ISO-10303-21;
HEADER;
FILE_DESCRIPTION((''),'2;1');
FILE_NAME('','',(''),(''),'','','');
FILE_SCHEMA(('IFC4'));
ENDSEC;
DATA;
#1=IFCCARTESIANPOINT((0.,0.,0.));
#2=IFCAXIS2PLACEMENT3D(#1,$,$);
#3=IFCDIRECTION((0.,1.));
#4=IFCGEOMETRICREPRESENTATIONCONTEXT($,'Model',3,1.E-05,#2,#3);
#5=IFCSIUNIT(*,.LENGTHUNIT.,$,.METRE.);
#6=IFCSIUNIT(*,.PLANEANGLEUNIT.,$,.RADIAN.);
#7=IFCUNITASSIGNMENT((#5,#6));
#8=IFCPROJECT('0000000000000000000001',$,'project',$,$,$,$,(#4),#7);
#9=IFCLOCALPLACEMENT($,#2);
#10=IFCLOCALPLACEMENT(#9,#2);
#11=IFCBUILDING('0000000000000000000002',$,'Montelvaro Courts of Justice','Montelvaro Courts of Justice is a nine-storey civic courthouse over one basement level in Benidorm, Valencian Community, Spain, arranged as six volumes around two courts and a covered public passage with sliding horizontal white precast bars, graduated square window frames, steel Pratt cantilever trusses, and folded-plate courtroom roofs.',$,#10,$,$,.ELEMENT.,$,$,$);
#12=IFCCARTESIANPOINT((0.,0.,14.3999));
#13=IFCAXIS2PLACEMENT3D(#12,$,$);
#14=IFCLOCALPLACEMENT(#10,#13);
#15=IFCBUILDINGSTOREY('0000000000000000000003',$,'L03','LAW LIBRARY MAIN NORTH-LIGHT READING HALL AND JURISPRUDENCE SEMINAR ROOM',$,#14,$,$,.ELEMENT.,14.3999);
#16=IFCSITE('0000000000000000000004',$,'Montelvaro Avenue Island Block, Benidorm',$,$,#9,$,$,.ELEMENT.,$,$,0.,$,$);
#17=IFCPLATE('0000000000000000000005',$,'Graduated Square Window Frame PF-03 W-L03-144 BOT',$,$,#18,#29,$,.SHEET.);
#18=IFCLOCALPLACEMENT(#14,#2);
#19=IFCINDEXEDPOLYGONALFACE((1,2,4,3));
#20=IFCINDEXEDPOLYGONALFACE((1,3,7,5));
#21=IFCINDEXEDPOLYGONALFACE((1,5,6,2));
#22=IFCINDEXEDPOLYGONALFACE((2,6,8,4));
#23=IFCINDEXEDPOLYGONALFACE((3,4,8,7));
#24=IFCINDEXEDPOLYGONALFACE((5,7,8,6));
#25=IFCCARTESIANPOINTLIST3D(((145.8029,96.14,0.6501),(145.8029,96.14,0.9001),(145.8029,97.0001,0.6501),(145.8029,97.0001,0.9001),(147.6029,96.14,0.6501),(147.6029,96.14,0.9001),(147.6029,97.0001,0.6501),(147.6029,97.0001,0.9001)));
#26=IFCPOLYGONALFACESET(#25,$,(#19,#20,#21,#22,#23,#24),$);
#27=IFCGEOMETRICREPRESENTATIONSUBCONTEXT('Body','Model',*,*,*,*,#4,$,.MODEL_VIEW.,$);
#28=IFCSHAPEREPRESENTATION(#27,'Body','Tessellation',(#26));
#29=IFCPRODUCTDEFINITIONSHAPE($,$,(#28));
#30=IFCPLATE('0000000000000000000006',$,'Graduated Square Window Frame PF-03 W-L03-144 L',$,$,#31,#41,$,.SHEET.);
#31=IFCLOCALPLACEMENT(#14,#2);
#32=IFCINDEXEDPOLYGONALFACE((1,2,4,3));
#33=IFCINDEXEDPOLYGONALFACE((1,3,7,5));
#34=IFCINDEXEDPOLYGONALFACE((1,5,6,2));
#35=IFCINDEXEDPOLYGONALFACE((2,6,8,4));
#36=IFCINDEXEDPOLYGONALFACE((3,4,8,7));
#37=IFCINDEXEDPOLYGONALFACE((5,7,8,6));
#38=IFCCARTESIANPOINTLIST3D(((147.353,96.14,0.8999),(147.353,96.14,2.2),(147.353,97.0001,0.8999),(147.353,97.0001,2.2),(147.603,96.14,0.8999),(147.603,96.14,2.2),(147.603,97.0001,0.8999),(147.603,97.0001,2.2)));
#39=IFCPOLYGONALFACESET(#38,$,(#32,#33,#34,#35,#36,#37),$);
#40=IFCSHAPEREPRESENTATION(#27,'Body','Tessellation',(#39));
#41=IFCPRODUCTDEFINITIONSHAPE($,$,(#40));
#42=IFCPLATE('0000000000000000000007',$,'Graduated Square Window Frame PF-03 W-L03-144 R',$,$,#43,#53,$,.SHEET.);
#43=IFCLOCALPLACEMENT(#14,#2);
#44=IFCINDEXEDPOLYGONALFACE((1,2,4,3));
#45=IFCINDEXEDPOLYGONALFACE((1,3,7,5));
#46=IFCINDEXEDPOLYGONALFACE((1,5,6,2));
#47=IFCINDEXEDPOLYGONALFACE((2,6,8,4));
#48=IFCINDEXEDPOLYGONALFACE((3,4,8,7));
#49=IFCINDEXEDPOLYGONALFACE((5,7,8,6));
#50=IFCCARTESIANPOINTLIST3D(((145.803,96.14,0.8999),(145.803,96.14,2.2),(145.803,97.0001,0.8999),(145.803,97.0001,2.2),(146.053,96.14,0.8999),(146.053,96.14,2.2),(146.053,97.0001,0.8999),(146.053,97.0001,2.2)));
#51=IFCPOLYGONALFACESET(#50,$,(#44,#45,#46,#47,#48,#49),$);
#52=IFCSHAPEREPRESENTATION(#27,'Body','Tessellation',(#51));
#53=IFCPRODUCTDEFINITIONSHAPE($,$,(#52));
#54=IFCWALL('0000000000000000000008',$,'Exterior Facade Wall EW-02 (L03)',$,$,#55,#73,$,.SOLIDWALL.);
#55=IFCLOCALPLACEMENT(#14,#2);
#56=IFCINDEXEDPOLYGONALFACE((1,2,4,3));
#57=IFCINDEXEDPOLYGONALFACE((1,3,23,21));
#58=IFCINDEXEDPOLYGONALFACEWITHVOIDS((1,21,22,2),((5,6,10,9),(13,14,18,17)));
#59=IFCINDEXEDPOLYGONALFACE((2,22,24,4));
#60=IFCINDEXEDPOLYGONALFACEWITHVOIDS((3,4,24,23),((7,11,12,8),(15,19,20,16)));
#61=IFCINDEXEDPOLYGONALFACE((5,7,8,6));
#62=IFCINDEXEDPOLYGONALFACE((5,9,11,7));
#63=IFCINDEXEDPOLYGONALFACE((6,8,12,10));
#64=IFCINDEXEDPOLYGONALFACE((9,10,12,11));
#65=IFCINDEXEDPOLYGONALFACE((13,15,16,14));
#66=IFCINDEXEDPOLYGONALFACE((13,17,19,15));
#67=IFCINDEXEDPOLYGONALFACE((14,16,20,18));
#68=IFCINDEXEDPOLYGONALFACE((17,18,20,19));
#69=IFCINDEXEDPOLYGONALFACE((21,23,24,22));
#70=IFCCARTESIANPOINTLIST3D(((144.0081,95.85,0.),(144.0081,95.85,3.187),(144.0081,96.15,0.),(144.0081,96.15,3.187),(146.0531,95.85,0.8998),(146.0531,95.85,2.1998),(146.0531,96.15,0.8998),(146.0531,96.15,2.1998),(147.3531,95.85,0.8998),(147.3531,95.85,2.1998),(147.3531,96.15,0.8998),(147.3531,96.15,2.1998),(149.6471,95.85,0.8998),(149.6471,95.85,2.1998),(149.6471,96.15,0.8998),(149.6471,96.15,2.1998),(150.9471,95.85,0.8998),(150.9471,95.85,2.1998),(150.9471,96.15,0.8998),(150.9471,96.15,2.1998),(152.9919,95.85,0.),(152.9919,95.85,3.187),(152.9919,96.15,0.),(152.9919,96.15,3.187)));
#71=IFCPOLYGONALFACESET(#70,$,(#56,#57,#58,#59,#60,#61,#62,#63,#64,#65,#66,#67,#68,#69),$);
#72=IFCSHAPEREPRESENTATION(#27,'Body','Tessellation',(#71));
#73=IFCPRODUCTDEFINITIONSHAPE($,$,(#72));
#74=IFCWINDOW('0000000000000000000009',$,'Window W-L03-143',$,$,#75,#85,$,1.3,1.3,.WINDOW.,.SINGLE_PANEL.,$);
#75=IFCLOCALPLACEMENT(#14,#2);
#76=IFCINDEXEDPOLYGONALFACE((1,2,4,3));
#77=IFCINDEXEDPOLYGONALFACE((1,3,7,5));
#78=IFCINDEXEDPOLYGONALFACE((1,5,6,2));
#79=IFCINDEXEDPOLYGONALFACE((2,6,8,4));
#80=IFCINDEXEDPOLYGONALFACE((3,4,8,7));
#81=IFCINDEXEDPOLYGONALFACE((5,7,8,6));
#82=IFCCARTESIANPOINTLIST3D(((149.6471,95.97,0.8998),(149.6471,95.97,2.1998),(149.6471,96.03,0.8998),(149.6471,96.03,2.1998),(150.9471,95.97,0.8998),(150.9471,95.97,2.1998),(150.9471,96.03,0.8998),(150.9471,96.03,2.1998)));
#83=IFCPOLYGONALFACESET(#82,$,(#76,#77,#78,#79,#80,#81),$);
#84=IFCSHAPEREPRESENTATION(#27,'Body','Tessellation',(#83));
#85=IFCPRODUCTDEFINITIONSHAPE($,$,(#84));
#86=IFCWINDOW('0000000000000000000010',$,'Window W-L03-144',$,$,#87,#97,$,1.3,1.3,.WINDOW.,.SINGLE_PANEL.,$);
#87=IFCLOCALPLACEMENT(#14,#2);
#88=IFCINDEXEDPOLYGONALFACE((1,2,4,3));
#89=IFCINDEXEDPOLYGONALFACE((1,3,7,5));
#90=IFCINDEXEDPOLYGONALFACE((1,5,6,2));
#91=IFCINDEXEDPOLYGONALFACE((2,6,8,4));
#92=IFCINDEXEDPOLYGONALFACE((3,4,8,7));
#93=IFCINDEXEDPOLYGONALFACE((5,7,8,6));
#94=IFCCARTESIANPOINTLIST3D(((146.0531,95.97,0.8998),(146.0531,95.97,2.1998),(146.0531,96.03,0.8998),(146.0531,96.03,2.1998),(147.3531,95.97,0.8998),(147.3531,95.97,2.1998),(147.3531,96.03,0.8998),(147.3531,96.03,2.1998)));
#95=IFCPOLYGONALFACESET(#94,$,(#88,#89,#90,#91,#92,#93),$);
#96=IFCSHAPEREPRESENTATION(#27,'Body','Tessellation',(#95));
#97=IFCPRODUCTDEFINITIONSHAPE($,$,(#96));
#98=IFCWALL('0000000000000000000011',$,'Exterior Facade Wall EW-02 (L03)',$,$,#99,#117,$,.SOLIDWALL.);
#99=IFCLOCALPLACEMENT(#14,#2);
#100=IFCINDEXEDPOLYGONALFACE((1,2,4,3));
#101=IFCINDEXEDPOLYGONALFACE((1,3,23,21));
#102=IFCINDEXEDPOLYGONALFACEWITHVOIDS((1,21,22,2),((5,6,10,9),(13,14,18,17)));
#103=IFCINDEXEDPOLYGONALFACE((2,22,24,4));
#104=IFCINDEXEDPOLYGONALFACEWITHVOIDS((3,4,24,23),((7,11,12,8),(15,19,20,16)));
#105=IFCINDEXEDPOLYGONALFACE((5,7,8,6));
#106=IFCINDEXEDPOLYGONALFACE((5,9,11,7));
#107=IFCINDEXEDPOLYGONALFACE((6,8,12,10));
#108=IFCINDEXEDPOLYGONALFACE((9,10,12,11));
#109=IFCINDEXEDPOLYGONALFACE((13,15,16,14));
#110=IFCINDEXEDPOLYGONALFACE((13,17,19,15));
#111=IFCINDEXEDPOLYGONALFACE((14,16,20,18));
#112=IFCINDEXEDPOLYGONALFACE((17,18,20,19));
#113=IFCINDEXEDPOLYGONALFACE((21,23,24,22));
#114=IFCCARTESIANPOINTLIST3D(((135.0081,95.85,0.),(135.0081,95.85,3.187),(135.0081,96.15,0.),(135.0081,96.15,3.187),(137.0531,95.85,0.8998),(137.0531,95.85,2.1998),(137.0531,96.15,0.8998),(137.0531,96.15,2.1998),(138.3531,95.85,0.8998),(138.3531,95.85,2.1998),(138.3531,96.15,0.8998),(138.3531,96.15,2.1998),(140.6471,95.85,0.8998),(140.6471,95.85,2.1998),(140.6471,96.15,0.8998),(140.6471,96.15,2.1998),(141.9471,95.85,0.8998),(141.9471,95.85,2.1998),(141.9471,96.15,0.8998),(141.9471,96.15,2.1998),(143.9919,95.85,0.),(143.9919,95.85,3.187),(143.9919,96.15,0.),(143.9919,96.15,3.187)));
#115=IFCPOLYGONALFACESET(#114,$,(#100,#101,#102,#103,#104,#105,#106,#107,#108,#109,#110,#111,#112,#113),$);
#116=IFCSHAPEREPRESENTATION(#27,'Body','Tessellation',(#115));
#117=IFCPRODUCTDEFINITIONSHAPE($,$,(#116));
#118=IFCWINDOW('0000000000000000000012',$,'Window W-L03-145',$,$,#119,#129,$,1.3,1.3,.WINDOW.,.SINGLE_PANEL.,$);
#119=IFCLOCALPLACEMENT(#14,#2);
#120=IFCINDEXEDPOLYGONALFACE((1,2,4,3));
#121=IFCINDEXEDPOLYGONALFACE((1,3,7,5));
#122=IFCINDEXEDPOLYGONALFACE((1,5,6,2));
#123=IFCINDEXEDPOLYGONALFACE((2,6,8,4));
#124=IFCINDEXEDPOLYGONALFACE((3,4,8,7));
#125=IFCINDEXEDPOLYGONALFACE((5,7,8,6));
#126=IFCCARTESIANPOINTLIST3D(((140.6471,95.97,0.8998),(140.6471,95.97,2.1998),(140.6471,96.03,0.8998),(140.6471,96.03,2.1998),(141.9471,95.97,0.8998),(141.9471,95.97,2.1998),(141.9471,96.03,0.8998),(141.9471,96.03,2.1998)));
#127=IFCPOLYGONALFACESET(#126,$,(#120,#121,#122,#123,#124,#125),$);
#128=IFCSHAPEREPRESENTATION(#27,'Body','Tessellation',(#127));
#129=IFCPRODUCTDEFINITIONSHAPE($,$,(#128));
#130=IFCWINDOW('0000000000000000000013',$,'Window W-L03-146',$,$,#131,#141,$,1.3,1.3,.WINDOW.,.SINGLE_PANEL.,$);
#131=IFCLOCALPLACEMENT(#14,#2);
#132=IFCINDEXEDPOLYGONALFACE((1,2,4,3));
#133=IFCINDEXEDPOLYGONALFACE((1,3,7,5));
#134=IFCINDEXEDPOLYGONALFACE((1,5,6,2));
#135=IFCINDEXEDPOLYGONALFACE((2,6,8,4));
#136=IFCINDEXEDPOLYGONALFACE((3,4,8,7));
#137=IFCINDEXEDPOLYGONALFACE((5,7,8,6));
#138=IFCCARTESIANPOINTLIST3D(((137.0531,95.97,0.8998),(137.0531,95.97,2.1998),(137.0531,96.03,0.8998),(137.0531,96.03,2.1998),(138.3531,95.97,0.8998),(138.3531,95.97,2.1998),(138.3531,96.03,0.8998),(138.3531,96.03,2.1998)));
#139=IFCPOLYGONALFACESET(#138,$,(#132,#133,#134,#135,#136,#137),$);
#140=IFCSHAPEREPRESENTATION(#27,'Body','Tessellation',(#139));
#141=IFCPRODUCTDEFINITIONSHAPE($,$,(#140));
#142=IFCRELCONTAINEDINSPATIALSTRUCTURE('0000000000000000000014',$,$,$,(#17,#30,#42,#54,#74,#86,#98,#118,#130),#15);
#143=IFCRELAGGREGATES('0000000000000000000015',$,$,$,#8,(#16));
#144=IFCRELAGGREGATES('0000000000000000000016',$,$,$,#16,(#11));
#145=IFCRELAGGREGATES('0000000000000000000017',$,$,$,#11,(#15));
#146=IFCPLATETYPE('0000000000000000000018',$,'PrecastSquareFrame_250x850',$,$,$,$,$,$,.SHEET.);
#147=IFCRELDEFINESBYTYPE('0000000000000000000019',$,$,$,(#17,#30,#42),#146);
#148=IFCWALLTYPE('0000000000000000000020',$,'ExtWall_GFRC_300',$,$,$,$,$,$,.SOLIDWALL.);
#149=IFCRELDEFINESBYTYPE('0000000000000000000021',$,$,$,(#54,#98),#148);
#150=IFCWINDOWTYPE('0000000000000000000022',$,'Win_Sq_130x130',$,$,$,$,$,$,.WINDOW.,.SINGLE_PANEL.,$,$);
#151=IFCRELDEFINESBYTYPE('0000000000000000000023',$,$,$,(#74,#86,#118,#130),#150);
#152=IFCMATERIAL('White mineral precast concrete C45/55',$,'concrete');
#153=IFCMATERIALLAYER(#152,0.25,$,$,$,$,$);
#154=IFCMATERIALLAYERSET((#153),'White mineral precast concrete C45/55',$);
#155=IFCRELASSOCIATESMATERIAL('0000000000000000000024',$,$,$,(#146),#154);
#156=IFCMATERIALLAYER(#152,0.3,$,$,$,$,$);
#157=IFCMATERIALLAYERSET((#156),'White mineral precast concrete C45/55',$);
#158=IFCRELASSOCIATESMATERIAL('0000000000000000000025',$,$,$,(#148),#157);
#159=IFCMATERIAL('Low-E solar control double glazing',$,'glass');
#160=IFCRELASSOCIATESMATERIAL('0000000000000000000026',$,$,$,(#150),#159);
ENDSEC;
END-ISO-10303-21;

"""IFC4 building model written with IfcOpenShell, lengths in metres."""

from ifc_helpers import new_model, si_unit, direction, frame, frame_2d, origin, origin_2d, place, context, subcontext, project, spatial, rectangle, extrude, material, layer, layer_set, type_object, element, fill, save


model = new_model("IFC4")

# Units and contexts
model_context = context("Model", 3, precision=1e-05, world=origin(), true_north=direction((0.0, 1.0)))
body_context = subcontext(model_context, "Body", "Model", "MODEL_VIEW")
ifc_project = project(units=[si_unit("LENGTHUNIT", "METRE"), si_unit("PLANEANGLEUNIT", "RADIAN")], contexts=[model_context])

# Site, building, storey
site_placement = place(None, origin())
site = spatial("IfcSite", under=ifc_project, at=site_placement, Name="Montelvaro Avenue Island Block, Benidorm", CompositionType="ELEMENT", RefElevation=0.0)
building_placement = place(site_placement, origin())
building = spatial("IfcBuilding", under=site, at=building_placement, Name="Montelvaro Courts of Justice", Description="Montelvaro Courts of Justice is a nine-storey civic courthouse over one basement level in Benidorm, Valencian Community, Spain, arranged as six volumes around two courts and a covered public passage with sliding horizontal white precast bars, graduated square window frames, steel Pratt cantilever trusses, and folded-plate courtroom roofs.", CompositionType="ELEMENT")
storey_placement = place(building_placement, frame((0.0, 0.0, 14.3999)))
storey = spatial("IfcBuildingStorey", under=building, at=storey_placement, Name="L03", Description="LAW LIBRARY MAIN NORTH-LIGHT READING HALL AND JURISPRUDENCE SEMINAR ROOM", CompositionType="ELEMENT", Elevation=14.3999)

# Plates
ifc_material_1 = material(Name="White mineral precast concrete C45/55", Category="concrete")
ifc_layer_1 = layer(ifc_material_1, 0.25)
ifc_layer_set_1 = layer_set([ifc_layer_1], Name="White mineral precast concrete C45/55")
plate_type = type_object("IfcPlateType", Name="PrecastSquareFrame_250x850", PredefinedType="SHEET", material=ifc_layer_set_1)
for number, where, z_axis, x_axis, name in (
    (1, (146.7029, 96.5701, 0.6501), (0.0, 0.0, 1.0), (-1.0, 0.0, 0.0), "Graduated Square Window Frame PF-03 W-L03-144 BOT"),
):
    element("IfcPlate", number, at=place(storey_placement, frame(where, z_axis=z_axis, x_axis=x_axis)), inside=storey, type_object=plate_type, Name=name, PredefinedType="SHEET", context=body_context, shape_type="SweptSolid", body=[
        extrude(rectangle(XDim=1.8, YDim=0.8601, at=origin_2d()), origin(), (0.0, 0.0, 1.0), 0.25),
    ])
for number, where, z_axis, x_axis, name in (
    (2, (147.478, 96.5701, 0.8999), (0.0, 0.0, 1.0), (-1.0, 0.0, 0.0), "Graduated Square Window Frame PF-03 W-L03-144 L"),
    (3, (145.928, 96.5701, 0.8999), (0.0, 0.0, 1.0), (-1.0, 0.0, 0.0), "Graduated Square Window Frame PF-03 W-L03-144 R"),
):
    element("IfcPlate", number, at=place(storey_placement, frame(where, z_axis=z_axis, x_axis=x_axis)), inside=storey, type_object=plate_type, Name=name, PredefinedType="SHEET", context=body_context, shape_type="SweptSolid", body=[
        extrude(rectangle(XDim=0.25, YDim=0.8601, at=origin_2d()), origin(), (0.0, 0.0, 1.0), 1.3),
    ])

# Walls, openings, windows
ifc_layer_2 = layer(ifc_material_1, 0.3)
ifc_layer_set_2 = layer_set([ifc_layer_2], Name="White mineral precast concrete C45/55")
wall_type = type_object("IfcWallType", Name="ExtWall_GFRC_300", PredefinedType="SOLIDWALL", material=ifc_layer_set_2)
wall_1_placement = place(storey_placement, frame((152.9919, 96.0, 0.0), z_axis=(0.0, 0.0, 1.0), x_axis=(-1.0, 0.0, 0.0)))
wall_1 = element("IfcWall", 4, at=wall_1_placement, inside=storey, type_object=wall_type, Name="Exterior Facade Wall EW-02 (L03)", PredefinedType="SOLIDWALL", context=body_context, shape_type="SweptSolid", body=[
    extrude(rectangle(XDim=8.9839, YDim=0.3, at=frame_2d((4.4919, 0.0))), origin(), (0.0, 0.0, 1.0), 3.187),
])
opening_1_placement = place(wall_1_placement, frame((2.0449, 0.0, 0.8999)))
opening_1 = element("IfcOpeningElement", 5, at=opening_1_placement, cuts=wall_1, PredefinedType="OPENING", context=body_context, shape_type="SweptSolid", body=[
    extrude(rectangle(XDim=1.3, YDim=1.3, at=frame_2d((0.6499, 0.6499))), frame((0.0, 0.165, 0.0), z_axis=(0.0, -1.0, 0.0), x_axis=(1.0, 0.0, 0.0)), (0.0, 0.0, 1.0), 0.3298),
])
opening_2_placement = place(wall_1_placement, frame((5.6389, 0.0, 0.8999)))
opening_2 = element("IfcOpeningElement", 6, at=opening_2_placement, cuts=wall_1, PredefinedType="OPENING", context=body_context, shape_type="SweptSolid", body=[
    extrude(rectangle(XDim=1.3, YDim=1.3, at=frame_2d((0.6499, 0.6499))), frame((0.0, 0.165, 0.0), z_axis=(0.0, -1.0, 0.0), x_axis=(1.0, 0.0, 0.0)), (0.0, 0.0, 1.0), 0.3298),
])
ifc_material_2 = material(Name="Low-E solar control double glazing", Category="glass")
window_type = type_object("IfcWindowType", Name="Win_Sq_130x130", PartitioningType="SINGLE_PANEL", PredefinedType="WINDOW", material=ifc_material_2)
window_1_placement = place(opening_1_placement, origin())
window_1 = element("IfcWindow", 7, at=window_1_placement, inside=storey, type_object=window_type, Name="Window W-L03-143", OverallHeight=1.3, OverallWidth=1.3, PartitioningType="SINGLE_PANEL", PredefinedType="WINDOW", context=body_context, shape_type="SweptSolid", body=[
    extrude(rectangle(XDim=1.3, YDim=1.3, at=frame_2d((0.6499, 0.6499))), frame((0.0, 0.03, 0.0), z_axis=(0.0, -1.0, 0.0), x_axis=(1.0, 0.0, 0.0)), (0.0, 0.0, 1.0), 0.0601),
])
fill(opening_1, window_1)
window_2_placement = place(opening_2_placement, origin())
window_2 = element("IfcWindow", 8, at=window_2_placement, inside=storey, type_object=window_type, Name="Window W-L03-144", OverallHeight=1.3, OverallWidth=1.3, PartitioningType="SINGLE_PANEL", PredefinedType="WINDOW", context=body_context, shape_type="SweptSolid", body=[
    extrude(rectangle(XDim=1.3, YDim=1.3, at=frame_2d((0.6499, 0.6499))), frame((0.0, 0.03, 0.0), z_axis=(0.0, -1.0, 0.0), x_axis=(1.0, 0.0, 0.0)), (0.0, 0.0, 1.0), 0.0601),
])
fill(opening_2, window_2)
wall_2_placement = place(storey_placement, frame((143.9919, 96.0, 0.0), z_axis=(0.0, 0.0, 1.0), x_axis=(-1.0, 0.0, 0.0)))
wall_2 = element("IfcWall", 9, at=wall_2_placement, inside=storey, type_object=wall_type, Name="Exterior Facade Wall EW-02 (L03)", PredefinedType="SOLIDWALL", context=body_context, shape_type="SweptSolid", body=[
    extrude(rectangle(XDim=8.9839, YDim=0.3, at=frame_2d((4.4919, 0.0))), origin(), (0.0, 0.0, 1.0), 3.187),
])
opening_3_placement = place(wall_2_placement, frame((2.0449, 0.0, 0.8999)))
opening_3 = element("IfcOpeningElement", 10, at=opening_3_placement, cuts=wall_2, PredefinedType="OPENING", context=body_context, shape_type="SweptSolid", body=[
    extrude(rectangle(XDim=1.3, YDim=1.3, at=frame_2d((0.6499, 0.6499))), frame((0.0, 0.165, 0.0), z_axis=(0.0, -1.0, 0.0), x_axis=(1.0, 0.0, 0.0)), (0.0, 0.0, 1.0), 0.3298),
])
opening_4_placement = place(wall_2_placement, frame((5.6389, 0.0, 0.8999)))
opening_4 = element("IfcOpeningElement", 11, at=opening_4_placement, cuts=wall_2, PredefinedType="OPENING", context=body_context, shape_type="SweptSolid", body=[
    extrude(rectangle(XDim=1.3, YDim=1.3, at=frame_2d((0.6499, 0.6499))), frame((0.0, 0.165, 0.0), z_axis=(0.0, -1.0, 0.0), x_axis=(1.0, 0.0, 0.0)), (0.0, 0.0, 1.0), 0.3298),
])
window_3_placement = place(opening_3_placement, origin())
window_3 = element("IfcWindow", 12, at=window_3_placement, inside=storey, type_object=window_type, Name="Window W-L03-145", OverallHeight=1.3, OverallWidth=1.3, PartitioningType="SINGLE_PANEL", PredefinedType="WINDOW", context=body_context, shape_type="SweptSolid", body=[
    extrude(rectangle(XDim=1.3, YDim=1.3, at=frame_2d((0.6499, 0.6499))), frame((0.0, 0.03, 0.0), z_axis=(0.0, -1.0, 0.0), x_axis=(1.0, 0.0, 0.0)), (0.0, 0.0, 1.0), 0.0601),
])
fill(opening_3, window_3)
window_4_placement = place(opening_4_placement, origin())
window_4 = element("IfcWindow", 13, at=window_4_placement, inside=storey, type_object=window_type, Name="Window W-L03-146", OverallHeight=1.3, OverallWidth=1.3, PartitioningType="SINGLE_PANEL", PredefinedType="WINDOW", context=body_context, shape_type="SweptSolid", body=[
    extrude(rectangle(XDim=1.3, YDim=1.3, at=frame_2d((0.6499, 0.6499))), frame((0.0, 0.03, 0.0), z_axis=(0.0, -1.0, 0.0), x_axis=(1.0, 0.0, 0.0)), (0.0, 0.0, 1.0), 0.0601),
])
fill(opening_4, window_4)

save(model, "model.ifc")
